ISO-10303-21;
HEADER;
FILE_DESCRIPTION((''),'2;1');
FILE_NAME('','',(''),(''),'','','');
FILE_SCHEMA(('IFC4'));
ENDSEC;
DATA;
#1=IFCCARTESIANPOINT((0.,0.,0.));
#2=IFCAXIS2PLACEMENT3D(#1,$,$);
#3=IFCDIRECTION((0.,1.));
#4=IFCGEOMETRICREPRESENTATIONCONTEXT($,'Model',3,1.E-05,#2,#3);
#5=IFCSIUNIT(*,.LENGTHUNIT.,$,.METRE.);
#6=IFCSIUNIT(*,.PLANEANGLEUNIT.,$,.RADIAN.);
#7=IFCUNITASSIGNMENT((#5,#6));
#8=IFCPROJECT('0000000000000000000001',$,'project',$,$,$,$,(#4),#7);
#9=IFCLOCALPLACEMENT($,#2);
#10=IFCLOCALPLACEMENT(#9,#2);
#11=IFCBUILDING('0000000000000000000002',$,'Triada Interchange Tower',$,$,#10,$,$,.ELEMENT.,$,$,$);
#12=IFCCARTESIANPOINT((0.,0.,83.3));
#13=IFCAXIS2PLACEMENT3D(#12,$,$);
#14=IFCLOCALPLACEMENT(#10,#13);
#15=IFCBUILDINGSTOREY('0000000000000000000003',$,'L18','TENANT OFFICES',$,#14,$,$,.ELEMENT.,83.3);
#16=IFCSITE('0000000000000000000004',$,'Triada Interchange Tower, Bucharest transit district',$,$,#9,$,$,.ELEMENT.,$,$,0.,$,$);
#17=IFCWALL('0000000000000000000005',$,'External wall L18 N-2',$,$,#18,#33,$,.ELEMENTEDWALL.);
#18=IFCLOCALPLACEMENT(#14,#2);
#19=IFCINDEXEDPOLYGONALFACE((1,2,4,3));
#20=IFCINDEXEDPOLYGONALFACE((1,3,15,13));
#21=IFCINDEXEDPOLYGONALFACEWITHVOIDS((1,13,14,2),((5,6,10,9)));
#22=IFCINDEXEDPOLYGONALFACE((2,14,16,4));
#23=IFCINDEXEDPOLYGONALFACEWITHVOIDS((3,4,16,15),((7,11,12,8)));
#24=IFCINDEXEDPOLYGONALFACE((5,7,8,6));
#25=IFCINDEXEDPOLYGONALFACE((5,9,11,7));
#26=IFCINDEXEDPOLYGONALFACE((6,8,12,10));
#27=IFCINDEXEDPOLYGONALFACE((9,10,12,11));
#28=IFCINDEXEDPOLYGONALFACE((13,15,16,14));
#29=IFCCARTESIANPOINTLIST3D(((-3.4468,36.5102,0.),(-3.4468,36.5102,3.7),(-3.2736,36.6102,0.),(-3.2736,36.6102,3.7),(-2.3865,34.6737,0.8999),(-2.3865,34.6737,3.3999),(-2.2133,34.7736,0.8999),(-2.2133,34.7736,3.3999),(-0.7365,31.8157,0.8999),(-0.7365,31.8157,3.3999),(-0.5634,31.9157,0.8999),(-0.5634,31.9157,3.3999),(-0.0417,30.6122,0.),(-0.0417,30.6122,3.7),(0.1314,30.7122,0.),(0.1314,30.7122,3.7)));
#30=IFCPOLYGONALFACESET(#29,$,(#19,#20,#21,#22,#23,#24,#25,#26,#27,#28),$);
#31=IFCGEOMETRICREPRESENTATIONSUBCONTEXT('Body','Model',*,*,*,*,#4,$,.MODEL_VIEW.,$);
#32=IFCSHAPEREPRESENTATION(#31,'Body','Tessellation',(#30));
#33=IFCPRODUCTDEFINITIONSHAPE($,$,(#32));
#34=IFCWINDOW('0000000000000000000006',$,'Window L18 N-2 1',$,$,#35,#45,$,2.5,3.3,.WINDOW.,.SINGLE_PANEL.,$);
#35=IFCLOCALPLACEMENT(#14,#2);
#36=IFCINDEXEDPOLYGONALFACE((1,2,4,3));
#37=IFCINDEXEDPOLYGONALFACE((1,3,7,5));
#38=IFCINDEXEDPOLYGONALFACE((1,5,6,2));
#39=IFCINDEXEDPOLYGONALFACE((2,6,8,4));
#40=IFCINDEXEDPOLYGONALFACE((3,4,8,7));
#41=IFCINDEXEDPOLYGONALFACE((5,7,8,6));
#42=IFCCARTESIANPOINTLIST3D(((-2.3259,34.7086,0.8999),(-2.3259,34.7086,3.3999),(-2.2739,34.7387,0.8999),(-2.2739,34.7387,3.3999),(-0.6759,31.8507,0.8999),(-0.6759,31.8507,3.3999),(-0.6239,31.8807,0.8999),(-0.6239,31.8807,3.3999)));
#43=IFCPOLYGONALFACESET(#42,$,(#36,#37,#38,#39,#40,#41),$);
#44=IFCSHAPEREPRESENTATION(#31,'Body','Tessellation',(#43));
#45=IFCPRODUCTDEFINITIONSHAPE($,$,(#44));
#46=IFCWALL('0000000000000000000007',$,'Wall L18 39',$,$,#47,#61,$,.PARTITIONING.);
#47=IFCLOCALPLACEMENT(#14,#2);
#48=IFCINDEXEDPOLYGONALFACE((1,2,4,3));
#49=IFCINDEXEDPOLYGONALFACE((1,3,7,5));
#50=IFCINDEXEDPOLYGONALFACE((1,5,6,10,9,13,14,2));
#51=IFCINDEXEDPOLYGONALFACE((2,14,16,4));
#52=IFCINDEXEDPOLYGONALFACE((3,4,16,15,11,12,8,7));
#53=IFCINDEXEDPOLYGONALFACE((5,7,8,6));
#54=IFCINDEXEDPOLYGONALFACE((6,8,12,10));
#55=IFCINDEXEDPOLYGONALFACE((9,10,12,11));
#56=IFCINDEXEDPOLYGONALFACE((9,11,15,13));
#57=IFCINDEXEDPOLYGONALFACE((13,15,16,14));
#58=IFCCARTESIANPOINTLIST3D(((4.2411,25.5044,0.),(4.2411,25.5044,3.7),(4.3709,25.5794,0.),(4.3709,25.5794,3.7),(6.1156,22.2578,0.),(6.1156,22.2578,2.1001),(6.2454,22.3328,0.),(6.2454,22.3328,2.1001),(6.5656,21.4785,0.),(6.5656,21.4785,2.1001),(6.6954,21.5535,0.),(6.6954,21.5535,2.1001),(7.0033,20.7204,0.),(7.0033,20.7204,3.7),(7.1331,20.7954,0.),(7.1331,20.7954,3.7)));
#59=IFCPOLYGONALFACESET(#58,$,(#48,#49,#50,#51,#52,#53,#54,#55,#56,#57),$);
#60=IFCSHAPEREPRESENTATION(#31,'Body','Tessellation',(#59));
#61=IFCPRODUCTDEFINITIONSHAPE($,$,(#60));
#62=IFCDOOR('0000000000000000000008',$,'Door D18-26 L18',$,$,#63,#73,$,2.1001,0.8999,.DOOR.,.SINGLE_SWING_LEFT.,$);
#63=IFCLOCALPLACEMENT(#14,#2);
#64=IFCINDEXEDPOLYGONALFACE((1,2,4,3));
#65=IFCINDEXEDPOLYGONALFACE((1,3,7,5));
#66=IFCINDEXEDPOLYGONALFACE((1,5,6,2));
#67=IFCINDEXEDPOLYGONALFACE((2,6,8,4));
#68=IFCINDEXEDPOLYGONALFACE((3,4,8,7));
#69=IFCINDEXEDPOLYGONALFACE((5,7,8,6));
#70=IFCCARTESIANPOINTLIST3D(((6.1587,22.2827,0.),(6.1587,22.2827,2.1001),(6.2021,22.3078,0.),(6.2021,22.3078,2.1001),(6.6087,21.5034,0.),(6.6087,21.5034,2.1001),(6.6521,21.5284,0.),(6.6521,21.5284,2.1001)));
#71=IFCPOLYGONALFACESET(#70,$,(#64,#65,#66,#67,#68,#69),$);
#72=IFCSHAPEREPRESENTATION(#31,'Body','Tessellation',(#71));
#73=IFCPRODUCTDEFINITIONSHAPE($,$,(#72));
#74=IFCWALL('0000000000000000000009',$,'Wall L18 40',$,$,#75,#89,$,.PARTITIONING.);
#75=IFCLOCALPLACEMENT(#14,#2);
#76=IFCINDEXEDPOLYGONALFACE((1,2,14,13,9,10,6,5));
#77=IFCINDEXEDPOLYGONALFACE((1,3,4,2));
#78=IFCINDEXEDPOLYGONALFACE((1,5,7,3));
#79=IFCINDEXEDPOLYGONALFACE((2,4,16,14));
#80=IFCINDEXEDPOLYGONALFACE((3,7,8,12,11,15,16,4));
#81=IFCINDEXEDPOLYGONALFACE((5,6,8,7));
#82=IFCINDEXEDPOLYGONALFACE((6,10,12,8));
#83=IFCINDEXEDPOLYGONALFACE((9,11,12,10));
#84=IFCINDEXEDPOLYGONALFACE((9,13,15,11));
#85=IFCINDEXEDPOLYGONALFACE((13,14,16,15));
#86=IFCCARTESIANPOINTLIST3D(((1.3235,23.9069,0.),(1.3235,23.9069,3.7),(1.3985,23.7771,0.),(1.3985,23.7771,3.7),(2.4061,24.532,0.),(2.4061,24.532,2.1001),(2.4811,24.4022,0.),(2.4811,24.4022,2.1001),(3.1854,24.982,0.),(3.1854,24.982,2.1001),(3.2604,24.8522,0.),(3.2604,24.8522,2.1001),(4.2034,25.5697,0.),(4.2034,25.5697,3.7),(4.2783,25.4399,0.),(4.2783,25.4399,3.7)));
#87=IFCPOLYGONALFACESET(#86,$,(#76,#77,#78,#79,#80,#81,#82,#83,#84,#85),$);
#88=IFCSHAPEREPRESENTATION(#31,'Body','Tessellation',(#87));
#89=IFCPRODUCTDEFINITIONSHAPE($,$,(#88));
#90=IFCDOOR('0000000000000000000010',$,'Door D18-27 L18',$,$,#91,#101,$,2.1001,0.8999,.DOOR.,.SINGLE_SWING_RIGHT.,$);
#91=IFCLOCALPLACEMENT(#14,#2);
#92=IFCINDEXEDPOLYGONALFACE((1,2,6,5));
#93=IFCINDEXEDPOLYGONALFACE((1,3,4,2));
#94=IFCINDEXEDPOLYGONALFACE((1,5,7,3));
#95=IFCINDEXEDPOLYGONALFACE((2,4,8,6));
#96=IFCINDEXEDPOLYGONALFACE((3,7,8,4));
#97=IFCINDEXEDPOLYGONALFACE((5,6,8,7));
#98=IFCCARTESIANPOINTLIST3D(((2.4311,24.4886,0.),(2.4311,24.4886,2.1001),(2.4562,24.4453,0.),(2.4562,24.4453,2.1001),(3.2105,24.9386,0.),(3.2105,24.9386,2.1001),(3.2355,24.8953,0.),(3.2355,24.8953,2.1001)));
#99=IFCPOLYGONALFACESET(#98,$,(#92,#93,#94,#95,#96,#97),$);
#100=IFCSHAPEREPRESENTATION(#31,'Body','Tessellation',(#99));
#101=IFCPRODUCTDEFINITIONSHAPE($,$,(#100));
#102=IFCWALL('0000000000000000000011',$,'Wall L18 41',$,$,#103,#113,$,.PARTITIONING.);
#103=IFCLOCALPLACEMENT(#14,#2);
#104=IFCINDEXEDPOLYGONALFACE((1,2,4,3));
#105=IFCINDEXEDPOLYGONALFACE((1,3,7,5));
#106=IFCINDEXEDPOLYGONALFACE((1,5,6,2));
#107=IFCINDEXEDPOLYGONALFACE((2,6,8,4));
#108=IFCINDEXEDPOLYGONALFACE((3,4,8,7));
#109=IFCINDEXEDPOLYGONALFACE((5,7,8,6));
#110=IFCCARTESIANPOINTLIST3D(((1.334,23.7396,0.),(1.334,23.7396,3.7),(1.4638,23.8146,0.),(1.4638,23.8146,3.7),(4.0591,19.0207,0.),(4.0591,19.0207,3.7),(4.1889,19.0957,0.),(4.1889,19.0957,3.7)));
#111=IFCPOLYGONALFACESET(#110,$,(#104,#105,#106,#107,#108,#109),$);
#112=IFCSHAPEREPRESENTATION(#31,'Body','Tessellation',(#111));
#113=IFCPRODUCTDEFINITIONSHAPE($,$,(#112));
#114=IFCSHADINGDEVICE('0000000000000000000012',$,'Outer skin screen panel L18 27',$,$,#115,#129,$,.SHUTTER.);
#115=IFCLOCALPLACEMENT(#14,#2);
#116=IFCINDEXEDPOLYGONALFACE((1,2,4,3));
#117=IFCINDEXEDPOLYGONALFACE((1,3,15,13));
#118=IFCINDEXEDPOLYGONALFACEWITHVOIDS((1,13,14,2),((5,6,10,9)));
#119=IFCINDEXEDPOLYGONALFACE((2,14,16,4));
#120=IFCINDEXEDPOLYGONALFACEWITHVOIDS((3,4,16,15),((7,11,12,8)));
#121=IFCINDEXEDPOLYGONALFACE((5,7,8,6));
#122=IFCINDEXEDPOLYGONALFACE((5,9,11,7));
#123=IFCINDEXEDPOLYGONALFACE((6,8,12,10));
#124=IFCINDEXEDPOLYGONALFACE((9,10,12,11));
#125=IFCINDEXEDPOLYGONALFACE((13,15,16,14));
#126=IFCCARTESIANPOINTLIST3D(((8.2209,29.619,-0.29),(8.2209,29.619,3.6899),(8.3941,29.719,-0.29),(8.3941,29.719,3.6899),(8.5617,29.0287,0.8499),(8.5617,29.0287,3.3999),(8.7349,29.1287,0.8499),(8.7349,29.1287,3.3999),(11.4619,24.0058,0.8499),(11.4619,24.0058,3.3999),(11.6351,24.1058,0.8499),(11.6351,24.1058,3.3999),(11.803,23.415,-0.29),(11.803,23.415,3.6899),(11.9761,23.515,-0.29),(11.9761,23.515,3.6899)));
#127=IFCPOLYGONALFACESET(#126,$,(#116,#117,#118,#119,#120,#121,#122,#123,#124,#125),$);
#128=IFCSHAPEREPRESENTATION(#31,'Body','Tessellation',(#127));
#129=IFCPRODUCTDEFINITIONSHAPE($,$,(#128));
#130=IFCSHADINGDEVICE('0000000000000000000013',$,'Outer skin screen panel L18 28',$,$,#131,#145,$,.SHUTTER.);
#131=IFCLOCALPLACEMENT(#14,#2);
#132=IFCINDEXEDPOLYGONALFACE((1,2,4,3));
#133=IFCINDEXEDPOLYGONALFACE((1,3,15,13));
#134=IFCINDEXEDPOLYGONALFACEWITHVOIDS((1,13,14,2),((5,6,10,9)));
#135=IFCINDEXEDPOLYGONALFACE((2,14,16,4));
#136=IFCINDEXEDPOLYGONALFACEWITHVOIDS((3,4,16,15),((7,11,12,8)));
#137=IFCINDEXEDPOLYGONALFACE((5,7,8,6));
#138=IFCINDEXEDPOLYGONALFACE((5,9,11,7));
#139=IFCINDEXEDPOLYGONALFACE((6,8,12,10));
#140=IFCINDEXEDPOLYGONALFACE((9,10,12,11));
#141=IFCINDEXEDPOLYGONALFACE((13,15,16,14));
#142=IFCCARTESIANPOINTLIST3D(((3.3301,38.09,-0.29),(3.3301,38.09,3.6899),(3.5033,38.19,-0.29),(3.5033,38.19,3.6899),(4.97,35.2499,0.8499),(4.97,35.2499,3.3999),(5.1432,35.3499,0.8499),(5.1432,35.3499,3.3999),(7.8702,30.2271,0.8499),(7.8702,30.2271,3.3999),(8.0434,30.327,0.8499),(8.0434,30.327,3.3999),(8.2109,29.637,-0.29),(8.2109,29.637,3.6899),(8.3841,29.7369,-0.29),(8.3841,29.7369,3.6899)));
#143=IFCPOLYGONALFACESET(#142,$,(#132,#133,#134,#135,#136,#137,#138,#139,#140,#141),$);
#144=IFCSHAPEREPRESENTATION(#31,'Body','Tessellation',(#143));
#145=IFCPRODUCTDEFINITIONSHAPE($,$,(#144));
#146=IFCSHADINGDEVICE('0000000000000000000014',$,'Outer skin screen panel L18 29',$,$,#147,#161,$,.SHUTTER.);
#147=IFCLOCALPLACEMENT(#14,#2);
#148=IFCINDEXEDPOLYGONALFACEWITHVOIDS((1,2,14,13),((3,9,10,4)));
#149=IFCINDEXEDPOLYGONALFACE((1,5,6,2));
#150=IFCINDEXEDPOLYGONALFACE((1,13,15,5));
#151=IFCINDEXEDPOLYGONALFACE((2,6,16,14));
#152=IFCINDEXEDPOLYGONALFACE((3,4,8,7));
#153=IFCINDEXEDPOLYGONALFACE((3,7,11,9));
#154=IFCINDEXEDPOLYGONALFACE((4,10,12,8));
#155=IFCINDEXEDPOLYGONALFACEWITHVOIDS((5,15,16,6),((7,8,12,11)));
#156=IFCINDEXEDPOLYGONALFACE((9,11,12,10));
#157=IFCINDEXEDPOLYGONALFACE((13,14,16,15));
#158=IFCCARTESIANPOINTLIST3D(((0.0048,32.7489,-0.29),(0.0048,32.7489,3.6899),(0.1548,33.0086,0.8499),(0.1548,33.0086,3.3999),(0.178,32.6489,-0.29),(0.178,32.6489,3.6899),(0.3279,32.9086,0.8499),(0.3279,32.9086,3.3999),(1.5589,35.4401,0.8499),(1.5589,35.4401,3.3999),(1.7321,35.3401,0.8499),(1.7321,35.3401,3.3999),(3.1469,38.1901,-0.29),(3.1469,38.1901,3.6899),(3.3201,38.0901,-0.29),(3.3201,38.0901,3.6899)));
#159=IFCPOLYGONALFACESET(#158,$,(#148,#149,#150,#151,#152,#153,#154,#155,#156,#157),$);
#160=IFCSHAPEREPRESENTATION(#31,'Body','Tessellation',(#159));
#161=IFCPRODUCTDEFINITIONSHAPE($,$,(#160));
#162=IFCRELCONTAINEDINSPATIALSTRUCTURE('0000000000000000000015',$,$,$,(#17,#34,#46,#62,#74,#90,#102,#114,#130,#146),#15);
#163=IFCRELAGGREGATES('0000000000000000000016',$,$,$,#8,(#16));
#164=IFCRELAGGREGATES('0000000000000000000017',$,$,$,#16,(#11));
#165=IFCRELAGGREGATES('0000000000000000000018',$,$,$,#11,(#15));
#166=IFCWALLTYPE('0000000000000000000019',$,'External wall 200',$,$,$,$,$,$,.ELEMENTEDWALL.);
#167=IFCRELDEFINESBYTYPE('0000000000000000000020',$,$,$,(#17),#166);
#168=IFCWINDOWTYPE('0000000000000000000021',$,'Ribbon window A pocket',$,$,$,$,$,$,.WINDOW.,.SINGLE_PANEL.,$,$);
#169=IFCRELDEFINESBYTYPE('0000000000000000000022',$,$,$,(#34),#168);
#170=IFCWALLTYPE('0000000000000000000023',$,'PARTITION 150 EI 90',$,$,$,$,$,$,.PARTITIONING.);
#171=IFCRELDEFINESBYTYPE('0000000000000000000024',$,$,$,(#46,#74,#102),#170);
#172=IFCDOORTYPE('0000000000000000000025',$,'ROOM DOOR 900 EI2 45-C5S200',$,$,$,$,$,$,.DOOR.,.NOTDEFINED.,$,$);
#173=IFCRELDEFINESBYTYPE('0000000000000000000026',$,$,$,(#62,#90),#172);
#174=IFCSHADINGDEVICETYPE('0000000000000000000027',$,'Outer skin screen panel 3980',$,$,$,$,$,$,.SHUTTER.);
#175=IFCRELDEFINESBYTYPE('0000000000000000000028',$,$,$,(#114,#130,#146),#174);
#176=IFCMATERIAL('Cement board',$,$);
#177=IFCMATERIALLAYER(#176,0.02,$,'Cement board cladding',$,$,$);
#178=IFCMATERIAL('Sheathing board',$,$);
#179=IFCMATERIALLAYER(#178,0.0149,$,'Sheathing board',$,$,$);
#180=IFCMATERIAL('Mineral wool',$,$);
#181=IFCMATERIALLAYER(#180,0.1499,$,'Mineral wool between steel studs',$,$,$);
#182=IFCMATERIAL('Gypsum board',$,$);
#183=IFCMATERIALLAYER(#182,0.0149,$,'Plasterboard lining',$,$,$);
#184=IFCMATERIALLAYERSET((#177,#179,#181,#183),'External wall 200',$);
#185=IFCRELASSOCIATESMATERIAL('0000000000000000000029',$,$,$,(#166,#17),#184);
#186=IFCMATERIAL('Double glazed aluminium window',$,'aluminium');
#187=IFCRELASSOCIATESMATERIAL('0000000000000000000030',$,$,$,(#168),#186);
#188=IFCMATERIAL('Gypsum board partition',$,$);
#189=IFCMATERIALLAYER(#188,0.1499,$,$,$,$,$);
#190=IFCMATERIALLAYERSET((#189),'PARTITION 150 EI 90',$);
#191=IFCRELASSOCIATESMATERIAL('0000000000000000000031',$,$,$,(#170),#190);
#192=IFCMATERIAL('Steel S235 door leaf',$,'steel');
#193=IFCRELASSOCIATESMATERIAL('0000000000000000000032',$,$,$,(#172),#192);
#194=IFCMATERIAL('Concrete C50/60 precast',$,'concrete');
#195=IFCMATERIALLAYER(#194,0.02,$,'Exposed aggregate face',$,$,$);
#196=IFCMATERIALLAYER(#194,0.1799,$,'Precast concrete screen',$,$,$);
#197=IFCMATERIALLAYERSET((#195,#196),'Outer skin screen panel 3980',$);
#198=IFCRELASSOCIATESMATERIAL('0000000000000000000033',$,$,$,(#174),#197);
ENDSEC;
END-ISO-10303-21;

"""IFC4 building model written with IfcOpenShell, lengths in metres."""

from ifc_helpers import new_model, si_unit, direction, frame, frame_2d, origin, place, context, subcontext, project, spatial, polyline, rectangle, outline, extrude, material, layer, layer_set, layer_usage, type_object, element, fill, save


model = new_model("IFC4")

# Units and contexts
model_context = context("Model", 3, precision=1e-05, world=origin(), true_north=direction((0.0, 1.0)))
body_context = subcontext(model_context, "Body", "Model", "MODEL_VIEW")
ifc_project = project(units=[si_unit("LENGTHUNIT", "METRE"), si_unit("PLANEANGLEUNIT", "RADIAN")], contexts=[model_context])

# Site, building, storey
site_placement = place(None, origin())
site = spatial("IfcSite", under=ifc_project, at=site_placement, Name="Triada Interchange Tower, Bucharest transit district", CompositionType="ELEMENT", RefElevation=0.0)
building_placement = place(site_placement, origin())
building = spatial("IfcBuilding", under=site, at=building_placement, Name="Triada Interchange Tower", CompositionType="ELEMENT")
storey_placement = place(building_placement, frame((0.0, 0.0, 83.3)))
storey = spatial("IfcBuildingStorey", under=building, at=storey_placement, Name="L18", Description="TENANT OFFICES", CompositionType="ELEMENT", Elevation=83.3)

# Wall, opening, window
ifc_material_1 = material(Name="Cement board")
ifc_layer_1 = layer(ifc_material_1, 0.02, Name="Cement board cladding")
ifc_material_2 = material(Name="Sheathing board")
ifc_layer_2 = layer(ifc_material_2, 0.0149, Name="Sheathing board")
ifc_material_3 = material(Name="Mineral wool")
ifc_layer_3 = layer(ifc_material_3, 0.1499, Name="Mineral wool between steel studs")
ifc_material_4 = material(Name="Gypsum board")
ifc_layer_4 = layer(ifc_material_4, 0.0149, Name="Plasterboard lining")
ifc_layer_set_1 = layer_set([ifc_layer_1, ifc_layer_2, ifc_layer_3, ifc_layer_4], Name="External wall 200")
ifc_layer_usage = layer_usage(ifc_layer_set_1, "AXIS2", "POSITIVE", -0.1001)
wall_type_1 = type_object("IfcWallType", Name="External wall 200", PredefinedType="ELEMENTEDWALL", material=ifc_layer_set_1)
ifc_material_5 = material(Name="Double glazed aluminium window", Category="aluminium")
window_type = type_object("IfcWindowType", Name="Ribbon window A pocket", PartitioningType="SINGLE_PANEL", PredefinedType="WINDOW", material=ifc_material_5)
wall_1_placement = place(storey_placement, frame((0.0449, 30.6621, 0.0), z_axis=(0.0, 0.0, 1.0), x_axis=(-0.499983, 0.866035, 0.0)))
wall_1 = element("IfcWall", 1, at=wall_1_placement, inside=storey, type_object=wall_type_1, material=ifc_layer_usage, Name="External wall L18 N-2", PredefinedType="ELEMENTEDWALL", context=body_context, shape_type="SweptSolid", body=[
    extrude(rectangle(XDim=6.8103, YDim=0.2, at=frame_2d((3.4053, 0.0))), origin(), (0.0, 0.0, 1.0), 3.7),
])
opening_1_placement = place(wall_1_placement, frame((1.3899, 0.0, 0.8999)))
opening_1 = element("IfcOpeningElement", 2, at=opening_1_placement, cuts=wall_1, PredefinedType="OPENING", context=body_context, shape_type="SweptSolid", body=[
    extrude(rectangle(XDim=3.3, YDim=2.5, at=frame_2d((1.6499, 1.25))), frame((0.0, 0.1099, 0.0), z_axis=(0.0, -1.0, 0.0), x_axis=(1.0, 0.0, 0.0)), (0.0, 0.0, 1.0), 0.22),
])
window_1_placement = place(opening_1_placement, origin())
window_1 = element("IfcWindow", 3, at=window_1_placement, inside=storey, type_object=window_type, Name="Window L18 N-2 1", OverallHeight=2.5, OverallWidth=3.3, PartitioningType="SINGLE_PANEL", PredefinedType="WINDOW", context=body_context, shape_type="SweptSolid", body=[
    extrude(rectangle(XDim=3.3, YDim=2.5, at=frame_2d((1.6499, 1.25))), frame((0.0, 0.03, 0.0), z_axis=(0.0, -1.0, 0.0), x_axis=(1.0, 0.0, 0.0)), (0.0, 0.0, 1.0), 0.0601),
])
fill(opening_1, window_1)

# Walls, openings, doors
ifc_material_6 = material(Name="Gypsum board partition")
ifc_layer_5 = layer(ifc_material_6, 0.1499)
ifc_layer_set_2 = layer_set([ifc_layer_5], Name="PARTITION 150 EI 90")
wall_type_2 = type_object("IfcWallType", Name="PARTITION 150 EI 90", PredefinedType="PARTITIONING", material=ifc_layer_set_2)
wall_2_placement = place(storey_placement, frame((4.3059, 25.542, 0.0), z_axis=(0.0, 0.0, 1.0), x_axis=(0.500027, -0.86601, 0.0)))
wall_2 = element("IfcWall", 4, at=wall_2_placement, inside=storey, type_object=wall_type_2, Name="Wall L18 39", PredefinedType="PARTITIONING", context=body_context, shape_type="SweptSolid", body=[
    extrude(rectangle(XDim=5.5242, YDim=0.1499, at=frame_2d((2.7622, 0.0))), origin(), (0.0, 0.0, 1.0), 3.7),
])
opening_2_placement = place(wall_2_placement, frame((3.749, 0.0, 0.0)))
opening_2 = element("IfcOpeningElement", 5, at=opening_2_placement, cuts=wall_2, PredefinedType="OPENING", context=body_context, shape_type="SweptSolid", body=[
    extrude(rectangle(XDim=0.8999, YDim=2.1001, at=frame_2d((0.45, 1.05))), frame((0.0, 0.085, 0.0), z_axis=(0.0, -1.0, 0.0), x_axis=(1.0, 0.0, 0.0)), (0.0, 0.0, 1.0), 0.1699),
])
ifc_material_7 = material(Name="Steel S235 door leaf", Category="steel")
door_type = type_object("IfcDoorType", Name="ROOM DOOR 900 EI2 45-C5S200", OperationType="NOTDEFINED", PredefinedType="DOOR", material=ifc_material_7)
door_1_placement = place(opening_2_placement, origin())
door_1 = element("IfcDoor", 6, at=door_1_placement, inside=storey, type_object=door_type, Name="Door D18-26 L18", OperationType="SINGLE_SWING_LEFT", OverallHeight=2.1001, OverallWidth=0.8999, PredefinedType="DOOR", context=body_context, shape_type="SweptSolid", body=[
    extrude(rectangle(XDim=0.8999, YDim=2.1001, at=frame_2d((0.45, 1.05))), frame((0.0, 0.0249, 0.0), z_axis=(0.0, -1.0, 0.0), x_axis=(1.0, 0.0, 0.0)), (0.0, 0.0, 1.0), 0.05),
])
fill(opening_2, door_1)
wall_3_placement = place(storey_placement, frame((1.3611, 23.842, 0.0), z_axis=(0.0, 0.0, 1.0), x_axis=(0.866007, 0.500032, 0.0)))
wall_3 = element("IfcWall", 7, at=wall_3_placement, inside=storey, type_object=wall_type_2, Name="Wall L18 40", PredefinedType="PARTITIONING", context=body_context, shape_type="SweptSolid", body=[
    extrude(rectangle(XDim=3.3254, YDim=0.1499, at=frame_2d((1.6626, 0.0))), origin(), (0.0, 0.0, 1.0), 3.7),
])
opening_3_placement = place(wall_3_placement, frame((1.25, 0.0, 0.0)))
opening_3 = element("IfcOpeningElement", 8, at=opening_3_placement, cuts=wall_3, PredefinedType="OPENING", context=body_context, shape_type="SweptSolid", body=[
    extrude(rectangle(XDim=0.8999, YDim=2.1001, at=frame_2d((0.45, 1.05))), frame((0.0, 0.085, 0.0), z_axis=(0.0, -1.0, 0.0), x_axis=(1.0, 0.0, 0.0)), (0.0, 0.0, 1.0), 0.1699),
])
door_2_placement = place(opening_3_placement, origin())
door_2 = element("IfcDoor", 9, at=door_2_placement, inside=storey, type_object=door_type, Name="Door D18-27 L18", OperationType="SINGLE_SWING_RIGHT", OverallHeight=2.1001, OverallWidth=0.8999, PredefinedType="DOOR", context=body_context, shape_type="SweptSolid", body=[
    extrude(rectangle(XDim=0.8999, YDim=2.1001, at=frame_2d((0.45, 1.05))), frame((0.0, 0.0249, 0.0), z_axis=(0.0, -1.0, 0.0), x_axis=(1.0, 0.0, 0.0)), (0.0, 0.0, 1.0), 0.05),
])
fill(opening_3, door_2)

# Wall
wall_4_placement = place(storey_placement, frame((1.3989, 23.7771, 0.0), z_axis=(0.0, 0.0, 1.0), x_axis=(0.500081, -0.865979, 0.0)))
element("IfcWall", 10, at=wall_4_placement, inside=storey, type_object=wall_type_2, Name="Wall L18 41", PredefinedType="PARTITIONING", context=body_context, shape_type="SweptSolid", body=[
    extrude(rectangle(XDim=5.4492, YDim=0.1499, at=frame_2d((2.7246, 0.0))), origin(), (0.0, 0.0, 1.0), 3.7),
])

# Shading devices
ifc_material_8 = material(Name="Concrete C50/60 precast", Category="concrete")
ifc_layer_6 = layer(ifc_material_8, 0.02, Name="Exposed aggregate face")
ifc_layer_7 = layer(ifc_material_8, 0.1799, Name="Precast concrete screen")
ifc_layer_set_3 = layer_set([ifc_layer_6, ifc_layer_7], Name="Outer skin screen panel 3980")
shading_device_type = type_object("IfcShadingDeviceType", Name="Outer skin screen panel 3980", PredefinedType="SHUTTER", material=ifc_layer_set_3)
shading_device_1_placement = place(storey_placement, frame((11.803, 23.415, -0.29), z_axis=(0.0, 0.0, 1.0), x_axis=(-0.500024, 0.866011, 0.0)))
element("IfcShadingDevice", 11, at=shading_device_1_placement, inside=storey, type_object=shading_device_type, Name="Outer skin screen panel L18 27", PredefinedType="SHUTTER", context=body_context, shape_type="SweptSolid", body=[
    extrude(outline(polyline([(0.0, 0.0), (7.1638, 0.0), (7.1638, 3.98), (0.0, 3.98), (0.0, 0.0)]), holes=[polyline([(0.6821, 1.1399), (0.6821, 3.6899), (6.4822, 3.6899), (6.4822, 1.1399), (0.6821, 1.1399)])]), frame((0.0, 0.0, 0.0), z_axis=(0.0, -1.0, 0.0), x_axis=(1.0, 0.0, 0.0)), (0.0, 0.0, 1.0), 0.2),
])
shading_device_2_placement = place(storey_placement, frame((8.2109, 29.637, -0.29), z_axis=(0.0, 0.0, 1.0), x_axis=(-0.500034, 0.866006, 0.0)))
element("IfcShadingDevice", 12, at=shading_device_2_placement, inside=storey, type_object=shading_device_type, Name="Outer skin screen panel L18 28", PredefinedType="SHUTTER", context=body_context, shape_type="SweptSolid", body=[
    extrude(outline(polyline([(0.0, 0.0), (9.761, 0.0), (9.761, 3.98), (0.0, 3.98), (0.0, 0.0)]), holes=[polyline([(0.6814, 1.1399), (0.6814, 3.6899), (6.4814, 3.6899), (6.4814, 1.1399), (0.6814, 1.1399)])]), frame((0.0, 0.0, 0.0), z_axis=(0.0, -1.0, 0.0), x_axis=(1.0, 0.0, 0.0)), (0.0, 0.0, 1.0), 0.2),
])
shading_device_3_placement = place(storey_placement, frame((3.3201, 38.0901, -0.29), z_axis=(0.0, 0.0, 1.0), x_axis=(-0.500076, -0.865982, 0.0)))
element("IfcShadingDevice", 13, at=shading_device_3_placement, inside=storey, type_object=shading_device_type, Name="Outer skin screen panel L18 29", PredefinedType="SHUTTER", context=body_context, shape_type="SweptSolid", body=[
    extrude(outline(polyline([(0.0, 0.0), (6.2832, 0.0), (6.2832, 3.98), (0.0, 3.98), (0.0, 0.0)]), holes=[polyline([(3.1755, 1.1399), (3.1755, 3.6899), (5.9834, 3.6899), (5.9834, 1.1399), (3.1755, 1.1399)])]), frame((0.0, 0.0, 0.0), z_axis=(0.0, -1.0, 0.0), x_axis=(1.0, 0.0, 0.0)), (0.0, 0.0, 1.0), 0.2),
])

save(model, "model.ifc")
